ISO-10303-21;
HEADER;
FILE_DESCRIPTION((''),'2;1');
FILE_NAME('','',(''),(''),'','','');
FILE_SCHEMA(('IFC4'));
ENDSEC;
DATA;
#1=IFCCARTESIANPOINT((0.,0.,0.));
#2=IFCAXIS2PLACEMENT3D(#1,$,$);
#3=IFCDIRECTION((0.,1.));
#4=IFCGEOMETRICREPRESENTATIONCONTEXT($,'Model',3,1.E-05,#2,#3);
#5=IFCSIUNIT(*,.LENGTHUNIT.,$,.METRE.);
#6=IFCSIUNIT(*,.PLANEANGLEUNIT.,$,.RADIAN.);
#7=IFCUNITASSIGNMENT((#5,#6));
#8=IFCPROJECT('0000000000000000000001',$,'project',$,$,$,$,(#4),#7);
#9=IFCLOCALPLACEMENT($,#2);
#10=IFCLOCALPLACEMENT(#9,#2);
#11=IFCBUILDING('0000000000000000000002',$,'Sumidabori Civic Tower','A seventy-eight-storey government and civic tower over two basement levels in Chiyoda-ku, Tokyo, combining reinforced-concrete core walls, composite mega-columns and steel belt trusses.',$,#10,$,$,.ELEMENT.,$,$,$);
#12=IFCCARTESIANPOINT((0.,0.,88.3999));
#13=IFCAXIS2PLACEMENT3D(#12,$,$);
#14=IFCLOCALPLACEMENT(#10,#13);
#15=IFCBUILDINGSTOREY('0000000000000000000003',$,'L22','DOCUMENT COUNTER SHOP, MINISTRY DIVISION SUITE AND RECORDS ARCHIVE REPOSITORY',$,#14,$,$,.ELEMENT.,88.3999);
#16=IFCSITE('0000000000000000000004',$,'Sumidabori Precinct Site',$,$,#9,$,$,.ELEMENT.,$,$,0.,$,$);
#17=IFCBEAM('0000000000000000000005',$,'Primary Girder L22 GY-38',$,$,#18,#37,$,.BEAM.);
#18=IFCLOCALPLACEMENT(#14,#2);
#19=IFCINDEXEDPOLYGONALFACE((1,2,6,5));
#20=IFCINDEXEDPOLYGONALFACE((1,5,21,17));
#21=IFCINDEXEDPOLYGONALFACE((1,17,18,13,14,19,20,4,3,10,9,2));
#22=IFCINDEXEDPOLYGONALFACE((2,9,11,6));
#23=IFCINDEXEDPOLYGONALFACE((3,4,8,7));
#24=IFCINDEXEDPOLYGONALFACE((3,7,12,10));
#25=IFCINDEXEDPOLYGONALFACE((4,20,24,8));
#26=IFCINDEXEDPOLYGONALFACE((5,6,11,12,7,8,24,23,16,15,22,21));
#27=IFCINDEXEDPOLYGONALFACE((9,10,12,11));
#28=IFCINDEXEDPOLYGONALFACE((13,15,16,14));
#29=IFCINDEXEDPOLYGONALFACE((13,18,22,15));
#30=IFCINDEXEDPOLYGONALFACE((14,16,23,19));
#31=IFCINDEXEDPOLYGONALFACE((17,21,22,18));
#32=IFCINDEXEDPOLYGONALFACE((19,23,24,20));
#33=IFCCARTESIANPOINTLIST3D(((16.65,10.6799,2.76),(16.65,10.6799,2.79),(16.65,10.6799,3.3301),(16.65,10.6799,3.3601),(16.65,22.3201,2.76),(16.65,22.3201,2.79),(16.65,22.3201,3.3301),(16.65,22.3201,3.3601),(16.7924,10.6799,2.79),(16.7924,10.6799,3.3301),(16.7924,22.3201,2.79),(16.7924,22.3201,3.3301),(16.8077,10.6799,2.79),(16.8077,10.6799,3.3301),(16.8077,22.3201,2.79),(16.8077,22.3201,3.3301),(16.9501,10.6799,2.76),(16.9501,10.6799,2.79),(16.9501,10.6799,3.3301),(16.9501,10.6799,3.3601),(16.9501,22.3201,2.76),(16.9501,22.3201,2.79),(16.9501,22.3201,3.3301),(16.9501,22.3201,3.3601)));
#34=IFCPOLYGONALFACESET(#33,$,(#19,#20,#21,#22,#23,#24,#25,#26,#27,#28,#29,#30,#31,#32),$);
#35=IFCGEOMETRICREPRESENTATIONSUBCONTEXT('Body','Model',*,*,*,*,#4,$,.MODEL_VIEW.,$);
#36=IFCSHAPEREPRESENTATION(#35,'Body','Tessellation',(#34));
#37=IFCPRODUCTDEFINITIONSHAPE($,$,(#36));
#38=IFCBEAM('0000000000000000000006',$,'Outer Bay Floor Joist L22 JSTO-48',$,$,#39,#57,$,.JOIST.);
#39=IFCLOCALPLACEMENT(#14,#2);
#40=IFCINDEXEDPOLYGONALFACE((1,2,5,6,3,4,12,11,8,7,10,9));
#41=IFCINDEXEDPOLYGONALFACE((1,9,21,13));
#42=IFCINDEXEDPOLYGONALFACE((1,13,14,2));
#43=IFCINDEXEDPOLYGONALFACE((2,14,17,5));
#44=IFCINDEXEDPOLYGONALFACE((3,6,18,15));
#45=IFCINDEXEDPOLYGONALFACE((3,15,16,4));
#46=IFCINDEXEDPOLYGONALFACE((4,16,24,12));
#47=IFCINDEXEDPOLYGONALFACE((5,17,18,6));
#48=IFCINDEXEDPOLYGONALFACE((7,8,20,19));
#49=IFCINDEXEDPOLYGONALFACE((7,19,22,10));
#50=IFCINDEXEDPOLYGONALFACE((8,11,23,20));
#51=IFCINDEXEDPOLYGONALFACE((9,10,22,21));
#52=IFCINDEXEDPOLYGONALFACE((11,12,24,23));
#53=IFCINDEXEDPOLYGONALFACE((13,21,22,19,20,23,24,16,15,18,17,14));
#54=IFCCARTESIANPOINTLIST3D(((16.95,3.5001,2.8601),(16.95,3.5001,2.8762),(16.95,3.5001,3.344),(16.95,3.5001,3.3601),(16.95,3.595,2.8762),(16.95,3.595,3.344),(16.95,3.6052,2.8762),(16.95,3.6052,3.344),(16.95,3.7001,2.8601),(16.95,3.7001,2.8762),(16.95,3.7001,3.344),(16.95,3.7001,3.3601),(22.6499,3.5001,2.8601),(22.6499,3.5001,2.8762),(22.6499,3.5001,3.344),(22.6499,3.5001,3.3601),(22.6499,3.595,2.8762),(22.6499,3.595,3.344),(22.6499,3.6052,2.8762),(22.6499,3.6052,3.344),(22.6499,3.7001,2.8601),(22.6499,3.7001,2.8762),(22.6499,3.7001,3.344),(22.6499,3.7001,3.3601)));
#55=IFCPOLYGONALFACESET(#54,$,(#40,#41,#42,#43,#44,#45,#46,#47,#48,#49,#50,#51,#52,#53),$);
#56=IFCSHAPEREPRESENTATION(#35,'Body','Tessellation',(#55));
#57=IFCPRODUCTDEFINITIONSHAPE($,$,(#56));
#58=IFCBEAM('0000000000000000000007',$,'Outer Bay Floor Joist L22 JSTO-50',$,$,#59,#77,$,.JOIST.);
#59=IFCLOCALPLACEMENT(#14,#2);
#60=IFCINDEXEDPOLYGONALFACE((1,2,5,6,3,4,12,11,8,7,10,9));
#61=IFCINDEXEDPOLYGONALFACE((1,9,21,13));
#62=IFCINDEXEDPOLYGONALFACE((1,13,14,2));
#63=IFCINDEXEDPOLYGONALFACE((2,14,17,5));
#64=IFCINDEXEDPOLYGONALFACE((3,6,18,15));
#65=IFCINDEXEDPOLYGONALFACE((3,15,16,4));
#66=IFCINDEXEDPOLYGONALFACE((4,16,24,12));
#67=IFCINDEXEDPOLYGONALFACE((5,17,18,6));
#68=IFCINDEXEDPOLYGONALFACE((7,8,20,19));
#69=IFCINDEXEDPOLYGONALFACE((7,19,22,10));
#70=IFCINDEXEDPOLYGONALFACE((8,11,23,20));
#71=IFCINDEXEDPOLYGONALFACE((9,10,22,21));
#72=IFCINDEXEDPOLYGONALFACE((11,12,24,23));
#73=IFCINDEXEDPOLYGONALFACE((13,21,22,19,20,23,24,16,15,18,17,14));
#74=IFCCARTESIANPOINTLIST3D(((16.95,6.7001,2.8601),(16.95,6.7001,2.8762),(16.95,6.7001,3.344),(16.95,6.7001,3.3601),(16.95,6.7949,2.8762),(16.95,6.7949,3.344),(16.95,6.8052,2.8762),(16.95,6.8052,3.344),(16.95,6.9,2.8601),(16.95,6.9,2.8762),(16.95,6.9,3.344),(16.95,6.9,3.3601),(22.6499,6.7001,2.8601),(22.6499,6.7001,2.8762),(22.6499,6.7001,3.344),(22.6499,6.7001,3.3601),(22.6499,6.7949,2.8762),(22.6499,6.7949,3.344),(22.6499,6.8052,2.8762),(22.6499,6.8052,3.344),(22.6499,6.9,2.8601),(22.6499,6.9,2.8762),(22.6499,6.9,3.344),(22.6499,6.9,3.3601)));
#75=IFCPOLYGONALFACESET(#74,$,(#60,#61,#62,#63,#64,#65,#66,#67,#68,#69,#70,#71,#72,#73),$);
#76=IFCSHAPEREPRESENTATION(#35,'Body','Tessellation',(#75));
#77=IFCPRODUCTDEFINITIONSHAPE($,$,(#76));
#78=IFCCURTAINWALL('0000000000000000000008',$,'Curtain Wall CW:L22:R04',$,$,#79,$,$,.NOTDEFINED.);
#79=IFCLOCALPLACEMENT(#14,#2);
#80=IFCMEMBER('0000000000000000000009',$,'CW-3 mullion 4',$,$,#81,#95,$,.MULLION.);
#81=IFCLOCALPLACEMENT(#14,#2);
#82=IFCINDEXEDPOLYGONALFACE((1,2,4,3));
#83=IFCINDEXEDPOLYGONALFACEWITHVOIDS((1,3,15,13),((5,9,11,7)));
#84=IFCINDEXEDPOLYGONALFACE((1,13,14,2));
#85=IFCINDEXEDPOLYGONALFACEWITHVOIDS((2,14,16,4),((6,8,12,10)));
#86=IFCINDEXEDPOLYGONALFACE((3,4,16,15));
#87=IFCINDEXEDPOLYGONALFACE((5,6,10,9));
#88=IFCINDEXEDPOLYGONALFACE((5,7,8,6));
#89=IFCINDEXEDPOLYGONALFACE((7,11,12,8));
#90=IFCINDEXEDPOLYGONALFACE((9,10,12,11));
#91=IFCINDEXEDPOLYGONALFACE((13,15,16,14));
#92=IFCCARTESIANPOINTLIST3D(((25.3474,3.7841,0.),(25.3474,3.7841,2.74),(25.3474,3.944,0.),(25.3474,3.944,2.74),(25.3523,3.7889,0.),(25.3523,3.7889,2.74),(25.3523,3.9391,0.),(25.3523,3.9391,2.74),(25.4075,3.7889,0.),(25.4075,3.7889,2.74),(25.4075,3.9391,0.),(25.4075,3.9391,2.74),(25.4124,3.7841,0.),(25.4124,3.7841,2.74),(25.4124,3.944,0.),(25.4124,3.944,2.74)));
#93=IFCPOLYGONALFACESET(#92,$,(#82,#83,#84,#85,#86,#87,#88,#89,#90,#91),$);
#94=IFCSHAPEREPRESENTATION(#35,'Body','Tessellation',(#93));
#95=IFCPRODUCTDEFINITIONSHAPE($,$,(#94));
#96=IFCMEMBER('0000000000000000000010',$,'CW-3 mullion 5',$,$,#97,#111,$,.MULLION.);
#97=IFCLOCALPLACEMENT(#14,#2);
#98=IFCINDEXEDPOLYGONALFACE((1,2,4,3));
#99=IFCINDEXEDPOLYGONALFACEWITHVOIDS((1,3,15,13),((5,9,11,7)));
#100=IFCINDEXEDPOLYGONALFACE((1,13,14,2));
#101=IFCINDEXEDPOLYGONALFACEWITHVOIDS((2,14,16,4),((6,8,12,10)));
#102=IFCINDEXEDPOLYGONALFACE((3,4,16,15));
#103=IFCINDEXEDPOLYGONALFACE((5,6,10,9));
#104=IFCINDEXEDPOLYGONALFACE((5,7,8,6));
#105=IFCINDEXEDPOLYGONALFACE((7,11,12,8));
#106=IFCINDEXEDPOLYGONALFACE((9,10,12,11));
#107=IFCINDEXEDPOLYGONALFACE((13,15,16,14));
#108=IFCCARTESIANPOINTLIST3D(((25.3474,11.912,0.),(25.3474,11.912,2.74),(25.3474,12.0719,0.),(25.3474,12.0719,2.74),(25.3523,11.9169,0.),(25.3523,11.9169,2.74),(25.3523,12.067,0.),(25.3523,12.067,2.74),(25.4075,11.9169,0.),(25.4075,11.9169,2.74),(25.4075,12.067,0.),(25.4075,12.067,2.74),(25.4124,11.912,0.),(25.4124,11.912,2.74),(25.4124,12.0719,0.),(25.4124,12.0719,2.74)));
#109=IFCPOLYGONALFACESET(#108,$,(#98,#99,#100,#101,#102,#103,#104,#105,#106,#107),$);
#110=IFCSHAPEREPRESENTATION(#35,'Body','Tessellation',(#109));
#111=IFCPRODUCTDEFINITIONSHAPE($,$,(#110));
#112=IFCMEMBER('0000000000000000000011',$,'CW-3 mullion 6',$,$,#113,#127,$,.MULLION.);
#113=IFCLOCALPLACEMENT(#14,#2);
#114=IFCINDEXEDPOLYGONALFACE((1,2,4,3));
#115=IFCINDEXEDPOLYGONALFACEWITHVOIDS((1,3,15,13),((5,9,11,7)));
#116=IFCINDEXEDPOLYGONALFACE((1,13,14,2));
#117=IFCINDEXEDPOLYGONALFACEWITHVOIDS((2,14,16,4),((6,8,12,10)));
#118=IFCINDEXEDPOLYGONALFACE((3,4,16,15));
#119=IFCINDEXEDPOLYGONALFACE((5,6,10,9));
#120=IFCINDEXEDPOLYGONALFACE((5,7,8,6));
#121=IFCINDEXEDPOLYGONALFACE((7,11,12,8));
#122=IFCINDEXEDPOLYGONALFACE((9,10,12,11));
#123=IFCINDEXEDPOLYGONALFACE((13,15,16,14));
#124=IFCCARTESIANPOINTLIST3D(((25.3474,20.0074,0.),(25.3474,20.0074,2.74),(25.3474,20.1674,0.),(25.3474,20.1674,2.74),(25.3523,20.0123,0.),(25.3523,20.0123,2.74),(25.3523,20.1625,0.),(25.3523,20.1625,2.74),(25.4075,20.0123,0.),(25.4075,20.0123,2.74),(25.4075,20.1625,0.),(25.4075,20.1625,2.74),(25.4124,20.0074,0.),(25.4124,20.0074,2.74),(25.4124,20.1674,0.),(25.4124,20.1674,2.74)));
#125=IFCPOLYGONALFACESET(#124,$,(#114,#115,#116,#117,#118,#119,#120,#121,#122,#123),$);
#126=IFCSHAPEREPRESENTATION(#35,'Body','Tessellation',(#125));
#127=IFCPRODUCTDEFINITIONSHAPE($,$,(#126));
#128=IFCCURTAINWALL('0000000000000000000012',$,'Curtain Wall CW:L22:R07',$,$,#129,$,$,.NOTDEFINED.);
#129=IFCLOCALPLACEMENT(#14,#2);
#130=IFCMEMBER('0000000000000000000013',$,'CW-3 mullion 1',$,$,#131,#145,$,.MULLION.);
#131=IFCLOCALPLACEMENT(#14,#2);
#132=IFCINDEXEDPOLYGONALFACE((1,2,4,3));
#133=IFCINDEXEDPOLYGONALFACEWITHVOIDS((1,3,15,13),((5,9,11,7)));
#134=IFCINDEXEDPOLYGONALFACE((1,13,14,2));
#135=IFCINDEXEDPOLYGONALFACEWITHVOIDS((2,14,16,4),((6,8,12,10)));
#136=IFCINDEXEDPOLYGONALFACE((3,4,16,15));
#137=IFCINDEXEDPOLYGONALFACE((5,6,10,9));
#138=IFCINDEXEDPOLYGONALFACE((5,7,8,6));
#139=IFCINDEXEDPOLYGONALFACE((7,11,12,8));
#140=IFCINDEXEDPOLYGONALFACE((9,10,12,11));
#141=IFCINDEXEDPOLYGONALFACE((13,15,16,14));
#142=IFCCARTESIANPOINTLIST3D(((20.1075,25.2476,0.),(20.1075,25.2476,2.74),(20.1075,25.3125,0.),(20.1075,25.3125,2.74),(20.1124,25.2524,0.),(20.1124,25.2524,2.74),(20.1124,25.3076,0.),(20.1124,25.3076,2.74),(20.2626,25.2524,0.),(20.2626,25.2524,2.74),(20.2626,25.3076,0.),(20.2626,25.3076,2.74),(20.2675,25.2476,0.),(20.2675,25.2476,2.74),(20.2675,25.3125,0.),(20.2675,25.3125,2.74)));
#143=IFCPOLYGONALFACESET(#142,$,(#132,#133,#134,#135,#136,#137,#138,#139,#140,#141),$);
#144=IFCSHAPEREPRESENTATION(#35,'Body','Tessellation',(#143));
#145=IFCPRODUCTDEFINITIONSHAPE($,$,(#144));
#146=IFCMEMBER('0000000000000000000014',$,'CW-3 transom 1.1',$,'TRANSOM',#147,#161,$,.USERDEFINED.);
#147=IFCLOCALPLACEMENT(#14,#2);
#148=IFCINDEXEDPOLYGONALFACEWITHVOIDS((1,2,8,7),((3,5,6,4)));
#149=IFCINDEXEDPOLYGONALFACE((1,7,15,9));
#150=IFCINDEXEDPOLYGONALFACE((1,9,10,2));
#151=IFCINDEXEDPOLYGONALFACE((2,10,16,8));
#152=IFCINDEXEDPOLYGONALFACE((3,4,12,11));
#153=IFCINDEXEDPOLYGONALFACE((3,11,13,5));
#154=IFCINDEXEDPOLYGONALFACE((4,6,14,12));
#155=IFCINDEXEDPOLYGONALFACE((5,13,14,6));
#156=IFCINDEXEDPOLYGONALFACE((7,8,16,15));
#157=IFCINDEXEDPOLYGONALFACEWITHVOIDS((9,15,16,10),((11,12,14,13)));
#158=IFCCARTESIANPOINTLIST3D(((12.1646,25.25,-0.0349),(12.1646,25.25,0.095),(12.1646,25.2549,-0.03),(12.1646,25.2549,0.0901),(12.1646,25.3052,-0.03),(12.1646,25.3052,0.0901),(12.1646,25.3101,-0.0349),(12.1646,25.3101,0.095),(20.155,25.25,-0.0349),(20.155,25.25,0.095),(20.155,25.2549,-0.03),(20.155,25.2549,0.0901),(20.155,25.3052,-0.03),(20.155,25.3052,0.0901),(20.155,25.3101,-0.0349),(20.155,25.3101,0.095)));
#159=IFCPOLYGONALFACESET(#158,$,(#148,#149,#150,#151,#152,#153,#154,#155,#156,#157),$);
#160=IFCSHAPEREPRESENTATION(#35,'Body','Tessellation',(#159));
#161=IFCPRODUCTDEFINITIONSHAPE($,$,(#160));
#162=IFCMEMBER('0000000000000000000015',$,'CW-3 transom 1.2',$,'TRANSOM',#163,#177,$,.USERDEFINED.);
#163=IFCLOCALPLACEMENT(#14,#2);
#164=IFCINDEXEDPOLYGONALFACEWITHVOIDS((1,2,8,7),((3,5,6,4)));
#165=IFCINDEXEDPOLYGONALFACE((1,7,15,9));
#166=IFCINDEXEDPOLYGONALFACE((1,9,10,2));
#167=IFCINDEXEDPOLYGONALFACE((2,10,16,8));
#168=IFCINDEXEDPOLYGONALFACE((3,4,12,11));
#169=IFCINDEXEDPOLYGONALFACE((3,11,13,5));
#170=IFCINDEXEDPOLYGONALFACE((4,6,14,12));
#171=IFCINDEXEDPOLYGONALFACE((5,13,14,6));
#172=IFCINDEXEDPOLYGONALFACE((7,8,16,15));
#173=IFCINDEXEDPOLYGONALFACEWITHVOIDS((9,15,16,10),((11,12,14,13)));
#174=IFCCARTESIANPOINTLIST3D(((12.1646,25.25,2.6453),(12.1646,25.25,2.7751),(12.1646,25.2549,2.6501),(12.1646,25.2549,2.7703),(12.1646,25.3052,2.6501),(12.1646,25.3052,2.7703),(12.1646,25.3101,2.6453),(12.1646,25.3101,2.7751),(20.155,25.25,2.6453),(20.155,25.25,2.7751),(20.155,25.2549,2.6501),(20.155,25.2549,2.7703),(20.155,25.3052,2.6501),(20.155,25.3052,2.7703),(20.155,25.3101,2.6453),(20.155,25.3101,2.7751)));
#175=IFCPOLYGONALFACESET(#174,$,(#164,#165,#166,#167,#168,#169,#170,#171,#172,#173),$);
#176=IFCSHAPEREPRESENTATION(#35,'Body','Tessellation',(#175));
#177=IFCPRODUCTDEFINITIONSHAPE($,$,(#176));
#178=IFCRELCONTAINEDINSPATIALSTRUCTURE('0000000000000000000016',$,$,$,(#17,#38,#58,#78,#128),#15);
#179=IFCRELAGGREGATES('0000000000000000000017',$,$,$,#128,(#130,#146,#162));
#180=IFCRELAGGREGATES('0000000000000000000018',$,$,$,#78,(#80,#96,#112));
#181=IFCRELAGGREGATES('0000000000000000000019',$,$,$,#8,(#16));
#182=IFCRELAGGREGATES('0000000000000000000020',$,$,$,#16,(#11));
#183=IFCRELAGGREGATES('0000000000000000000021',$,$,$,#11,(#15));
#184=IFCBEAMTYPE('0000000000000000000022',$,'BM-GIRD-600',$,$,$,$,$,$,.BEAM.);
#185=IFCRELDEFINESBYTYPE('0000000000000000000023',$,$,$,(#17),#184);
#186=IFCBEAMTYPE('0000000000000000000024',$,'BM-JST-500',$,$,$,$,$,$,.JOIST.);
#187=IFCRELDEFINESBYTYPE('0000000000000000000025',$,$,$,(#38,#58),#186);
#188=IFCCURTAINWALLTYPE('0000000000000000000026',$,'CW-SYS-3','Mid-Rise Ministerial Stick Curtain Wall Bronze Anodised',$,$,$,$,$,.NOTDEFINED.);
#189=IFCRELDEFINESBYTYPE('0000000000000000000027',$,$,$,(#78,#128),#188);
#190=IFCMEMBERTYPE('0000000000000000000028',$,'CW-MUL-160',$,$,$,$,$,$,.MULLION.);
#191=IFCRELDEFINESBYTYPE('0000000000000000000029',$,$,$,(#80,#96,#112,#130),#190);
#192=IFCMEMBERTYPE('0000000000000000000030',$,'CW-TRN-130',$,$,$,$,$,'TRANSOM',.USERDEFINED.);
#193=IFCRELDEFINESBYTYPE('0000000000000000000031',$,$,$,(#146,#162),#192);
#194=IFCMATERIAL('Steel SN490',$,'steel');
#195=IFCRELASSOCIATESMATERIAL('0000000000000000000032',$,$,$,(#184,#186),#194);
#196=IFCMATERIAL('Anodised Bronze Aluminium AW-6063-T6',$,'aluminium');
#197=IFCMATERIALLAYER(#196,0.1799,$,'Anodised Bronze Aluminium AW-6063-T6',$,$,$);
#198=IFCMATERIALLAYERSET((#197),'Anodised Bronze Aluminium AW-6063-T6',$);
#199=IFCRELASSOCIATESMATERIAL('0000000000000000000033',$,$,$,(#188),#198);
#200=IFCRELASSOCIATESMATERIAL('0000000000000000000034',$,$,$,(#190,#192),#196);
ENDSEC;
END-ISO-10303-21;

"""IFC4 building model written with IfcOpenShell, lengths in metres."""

from ifc_helpers import new_model, si_unit, direction, frame, origin, origin_2d, place, context, subcontext, project, spatial, hollow_rectangle, i_section, extrude, source, transform, mapped, material, layer, layer_set, material_profile, profile_set, type_object, element, aggregate, save


model = new_model("IFC4")

# Units and contexts
model_context = context("Model", 3, precision=1e-05, world=origin(), true_north=direction((0.0, 1.0)))
body_context = subcontext(model_context, "Body", "Model", "MODEL_VIEW")
ifc_project = project(units=[si_unit("LENGTHUNIT", "METRE"), si_unit("PLANEANGLEUNIT", "RADIAN")], contexts=[model_context])

# Site, building, storey
site_placement = place(None, origin())
site = spatial("IfcSite", under=ifc_project, at=site_placement, Name="Sumidabori Precinct Site", CompositionType="ELEMENT", RefElevation=0.0)
building_placement = place(site_placement, origin())
building = spatial("IfcBuilding", under=site, at=building_placement, Name="Sumidabori Civic Tower", Description="A seventy-eight-storey government and civic tower over two basement levels in Chiyoda-ku, Tokyo, combining reinforced-concrete core walls, composite mega-columns and steel belt trusses.", CompositionType="ELEMENT")
storey_placement = place(building_placement, frame((0.0, 0.0, 88.3999)))
storey = spatial("IfcBuildingStorey", under=building, at=storey_placement, Name="L22", Description="DOCUMENT COUNTER SHOP, MINISTRY DIVISION SUITE AND RECORDS ARCHIVE REPOSITORY", CompositionType="ELEMENT", Elevation=88.3999)

# Beams
ifc_material_1 = material(Name="Steel SN490", Category="steel")
ifc_material_profile_1 = material_profile(ifc_material_1, i_section(OverallWidth=0.3, OverallDepth=0.6001, WebThickness=0.0154, FlangeThickness=0.03, at=origin_2d()), Name="HE 600 B")
ifc_profile_set_1 = profile_set([ifc_material_profile_1], Name="Steel SN490")
beam_type_1 = type_object("IfcBeamType", Name="BM-GIRD-600", PredefinedType="BEAM", material=ifc_profile_set_1)
shared_shape_1 = source(origin(), body_context, "Body", "SweptSolid", [
    extrude(i_section(OverallWidth=0.3, OverallDepth=0.6001, WebThickness=0.0154, FlangeThickness=0.03, at=origin_2d()), origin(), (0.0, 0.0, 1.0), 11.6401),
])
beam_1_placement = place(storey_placement, frame((16.8, 10.6799, 3.0601), z_axis=(0.0, 1.0, 0.0), x_axis=(-1.0, 0.0, 0.0)))
element("IfcBeam", 1, at=beam_1_placement, inside=storey, type_object=beam_type_1, Name="Primary Girder L22 GY-38", PredefinedType="BEAM", context=body_context, shape_type="MappedRepresentation", body=[
    mapped(shared_shape_1, transform((0.0, 0.0, 0.0), x_axis=(1.0, 0.0, 0.0), y_axis=(0.0, 1.0, 0.0), z_axis=(0.0, 0.0, 1.0), scale=1.0)),
])
ifc_material_profile_2 = material_profile(ifc_material_1, i_section(OverallWidth=0.2, OverallDepth=0.5, WebThickness=0.0103, FlangeThickness=0.0161, at=origin_2d()), Name="IPE 500")
ifc_profile_set_2 = profile_set([ifc_material_profile_2], Name="Steel SN490")
beam_type_2 = type_object("IfcBeamType", Name="BM-JST-500", PredefinedType="JOIST", material=ifc_profile_set_2)
shared_shape_2 = source(origin(), body_context, "Body", "SweptSolid", [
    extrude(i_section(OverallWidth=0.2, OverallDepth=0.5, WebThickness=0.0103, FlangeThickness=0.0161, at=origin_2d()), origin(), (0.0, 0.0, 1.0), 5.7),
])
for number, where, z_axis, x_axis, name in (
    (2, (16.95, 3.6001, 3.1101), (1.0, 0.0, 0.0), (0.0, 1.0, 0.0), "Outer Bay Floor Joist L22 JSTO-48"),
    (3, (16.95, 6.8, 3.1101), (1.0, 0.0, 0.0), (0.0, 1.0, 0.0), "Outer Bay Floor Joist L22 JSTO-50"),
):
    element("IfcBeam", number, at=place(storey_placement, frame(where, z_axis=z_axis, x_axis=x_axis)), inside=storey, type_object=beam_type_2, Name=name, PredefinedType="JOIST", context=body_context, shape_type="MappedRepresentation", body=[
        mapped(shared_shape_2, transform((0.0, 0.0, 0.0), x_axis=(1.0, 0.0, 0.0), y_axis=(0.0, 1.0, 0.0), z_axis=(0.0, 0.0, 1.0), scale=1.0)),
    ])

# Curtain walls, members
ifc_material_2 = material(Name="Anodised Bronze Aluminium AW-6063-T6", Category="aluminium")
ifc_layer_1 = layer(ifc_material_2, 0.1799, Name="Anodised Bronze Aluminium AW-6063-T6")
ifc_layer_set_1 = layer_set([ifc_layer_1], Name="Anodised Bronze Aluminium AW-6063-T6")
curtain_wall_type = type_object("IfcCurtainWallType", Name="CW-SYS-3", Description="Mid-Rise Ministerial Stick Curtain Wall Bronze Anodised", PredefinedType="NOTDEFINED", material=ifc_layer_set_1)
curtain_wall_1_placement = place(storey_placement, origin())
curtain_wall_1 = element("IfcCurtainWall", 4, at=curtain_wall_1_placement, inside=storey, type_object=curtain_wall_type, Name="Curtain Wall CW:L22:R04", PredefinedType="NOTDEFINED")
ifc_material_profile_3 = material_profile(ifc_material_2, hollow_rectangle(XDim=0.0649, YDim=0.1599, WallThickness=0.0049, at=origin_2d()), Name="ALU MULLION 160x65")
ifc_profile_set_3 = profile_set([ifc_material_profile_3], Name="Anodised Bronze Aluminium AW-6063-T6")
member_type_1 = type_object("IfcMemberType", Name="CW-MUL-160", PredefinedType="MULLION", material=ifc_profile_set_3)
shared_shape_3 = source(origin(), body_context, "Body", "SweptSolid", [
    extrude(hollow_rectangle(XDim=0.0649, YDim=0.1599, WallThickness=0.0049, at=origin_2d()), origin(), (0.0, 0.0, 1.0), 2.74),
])
member_1_placement = place(storey_placement, frame((25.3799, 3.864, 0.0), z_axis=(0.0, 0.0, 1.0), x_axis=(-1.0, 0.0, 0.0)))
member_1 = element("IfcMember", 5, at=member_1_placement, type_object=member_type_1, Name="CW-3 mullion 4", PredefinedType="MULLION", context=body_context, shape_type="MappedRepresentation", body=[
    mapped(shared_shape_3, transform((0.0, 0.0, 0.0), x_axis=(1.0, 0.0, 0.0), y_axis=(0.0, 1.0, 0.0), z_axis=(0.0, 0.0, 1.0), scale=1.0)),
])
member_2_placement = place(storey_placement, frame((25.3799, 11.9919, 0.0), z_axis=(0.0, 0.0, 1.0), x_axis=(-1.0, 0.0, 0.0)))
member_2 = element("IfcMember", 6, at=member_2_placement, type_object=member_type_1, Name="CW-3 mullion 5", PredefinedType="MULLION", context=body_context, shape_type="MappedRepresentation", body=[
    mapped(shared_shape_3, transform((0.0, 0.0, 0.0), x_axis=(1.0, 0.0, 0.0), y_axis=(0.0, 1.0, 0.0), z_axis=(0.0, 0.0, 1.0), scale=1.0)),
])
member_3_placement = place(storey_placement, frame((25.3799, 20.0874, 0.0), z_axis=(0.0, 0.0, 1.0), x_axis=(-1.0, 0.0, 0.0)))
member_3 = element("IfcMember", 7, at=member_3_placement, type_object=member_type_1, Name="CW-3 mullion 6", PredefinedType="MULLION", context=body_context, shape_type="MappedRepresentation", body=[
    mapped(shared_shape_3, transform((0.0, 0.0, 0.0), x_axis=(1.0, 0.0, 0.0), y_axis=(0.0, 1.0, 0.0), z_axis=(0.0, 0.0, 1.0), scale=1.0)),
])
curtain_wall_2_placement = place(storey_placement, origin())
curtain_wall_2 = element("IfcCurtainWall", 8, at=curtain_wall_2_placement, inside=storey, type_object=curtain_wall_type, Name="Curtain Wall CW:L22:R07", PredefinedType="NOTDEFINED")
member_4_placement = place(storey_placement, frame((20.1875, 25.28, 0.0), z_axis=(0.0, 0.0, 1.0), x_axis=(0.0, -1.0, 0.0)))
member_4 = element("IfcMember", 9, at=member_4_placement, type_object=member_type_1, Name="CW-3 mullion 1", PredefinedType="MULLION", context=body_context, shape_type="MappedRepresentation", body=[
    mapped(shared_shape_3, transform((0.0, 0.0, 0.0), x_axis=(1.0, 0.0, 0.0), y_axis=(0.0, 1.0, 0.0), z_axis=(0.0, 0.0, 1.0), scale=1.0)),
])
ifc_material_profile_4 = material_profile(ifc_material_2, hollow_rectangle(XDim=0.0601, YDim=0.1299, WallThickness=0.0049, at=origin_2d()), Name="ALU TRANSOM 130x60")
ifc_profile_set_4 = profile_set([ifc_material_profile_4], Name="Anodised Bronze Aluminium AW-6063-T6")
member_type_2 = type_object("IfcMemberType", Name="CW-TRN-130", ElementType="TRANSOM", PredefinedType="USERDEFINED", material=ifc_profile_set_4)
shared_shape_4 = source(origin(), body_context, "Body", "SweptSolid", [
    extrude(hollow_rectangle(XDim=0.0601, YDim=0.1299, WallThickness=0.0049, at=origin_2d()), origin(), (0.0, 0.0, 1.0), 7.9905),
])
member_5_placement = place(storey_placement, frame((20.155, 25.28, 0.03), z_axis=(-1.0, 0.0, 0.0), x_axis=(0.0, -1.0, 0.0)))
member_5 = element("IfcMember", 10, at=member_5_placement, type_object=member_type_2, Name="CW-3 transom 1.1", ObjectType="TRANSOM", PredefinedType="USERDEFINED", context=body_context, shape_type="MappedRepresentation", body=[
    mapped(shared_shape_4, transform((0.0, 0.0, 0.0), x_axis=(1.0, 0.0, 0.0), y_axis=(0.0, 1.0, 0.0), z_axis=(0.0, 0.0, 1.0), scale=1.0)),
])
member_6_placement = place(storey_placement, frame((20.155, 25.28, 2.7102), z_axis=(-1.0, 0.0, 0.0), x_axis=(0.0, -1.0, 0.0)))
member_6 = element("IfcMember", 11, at=member_6_placement, type_object=member_type_2, Name="CW-3 transom 1.2", ObjectType="TRANSOM", PredefinedType="USERDEFINED", context=body_context, shape_type="MappedRepresentation", body=[
    mapped(shared_shape_4, transform((0.0, 0.0, 0.0), x_axis=(1.0, 0.0, 0.0), y_axis=(0.0, 1.0, 0.0), z_axis=(0.0, 0.0, 1.0), scale=1.0)),
])

aggregate(curtain_wall_2, [member_4, member_5, member_6])
aggregate(curtain_wall_1, [member_1, member_2, member_3])

save(model, "model.ifc")
